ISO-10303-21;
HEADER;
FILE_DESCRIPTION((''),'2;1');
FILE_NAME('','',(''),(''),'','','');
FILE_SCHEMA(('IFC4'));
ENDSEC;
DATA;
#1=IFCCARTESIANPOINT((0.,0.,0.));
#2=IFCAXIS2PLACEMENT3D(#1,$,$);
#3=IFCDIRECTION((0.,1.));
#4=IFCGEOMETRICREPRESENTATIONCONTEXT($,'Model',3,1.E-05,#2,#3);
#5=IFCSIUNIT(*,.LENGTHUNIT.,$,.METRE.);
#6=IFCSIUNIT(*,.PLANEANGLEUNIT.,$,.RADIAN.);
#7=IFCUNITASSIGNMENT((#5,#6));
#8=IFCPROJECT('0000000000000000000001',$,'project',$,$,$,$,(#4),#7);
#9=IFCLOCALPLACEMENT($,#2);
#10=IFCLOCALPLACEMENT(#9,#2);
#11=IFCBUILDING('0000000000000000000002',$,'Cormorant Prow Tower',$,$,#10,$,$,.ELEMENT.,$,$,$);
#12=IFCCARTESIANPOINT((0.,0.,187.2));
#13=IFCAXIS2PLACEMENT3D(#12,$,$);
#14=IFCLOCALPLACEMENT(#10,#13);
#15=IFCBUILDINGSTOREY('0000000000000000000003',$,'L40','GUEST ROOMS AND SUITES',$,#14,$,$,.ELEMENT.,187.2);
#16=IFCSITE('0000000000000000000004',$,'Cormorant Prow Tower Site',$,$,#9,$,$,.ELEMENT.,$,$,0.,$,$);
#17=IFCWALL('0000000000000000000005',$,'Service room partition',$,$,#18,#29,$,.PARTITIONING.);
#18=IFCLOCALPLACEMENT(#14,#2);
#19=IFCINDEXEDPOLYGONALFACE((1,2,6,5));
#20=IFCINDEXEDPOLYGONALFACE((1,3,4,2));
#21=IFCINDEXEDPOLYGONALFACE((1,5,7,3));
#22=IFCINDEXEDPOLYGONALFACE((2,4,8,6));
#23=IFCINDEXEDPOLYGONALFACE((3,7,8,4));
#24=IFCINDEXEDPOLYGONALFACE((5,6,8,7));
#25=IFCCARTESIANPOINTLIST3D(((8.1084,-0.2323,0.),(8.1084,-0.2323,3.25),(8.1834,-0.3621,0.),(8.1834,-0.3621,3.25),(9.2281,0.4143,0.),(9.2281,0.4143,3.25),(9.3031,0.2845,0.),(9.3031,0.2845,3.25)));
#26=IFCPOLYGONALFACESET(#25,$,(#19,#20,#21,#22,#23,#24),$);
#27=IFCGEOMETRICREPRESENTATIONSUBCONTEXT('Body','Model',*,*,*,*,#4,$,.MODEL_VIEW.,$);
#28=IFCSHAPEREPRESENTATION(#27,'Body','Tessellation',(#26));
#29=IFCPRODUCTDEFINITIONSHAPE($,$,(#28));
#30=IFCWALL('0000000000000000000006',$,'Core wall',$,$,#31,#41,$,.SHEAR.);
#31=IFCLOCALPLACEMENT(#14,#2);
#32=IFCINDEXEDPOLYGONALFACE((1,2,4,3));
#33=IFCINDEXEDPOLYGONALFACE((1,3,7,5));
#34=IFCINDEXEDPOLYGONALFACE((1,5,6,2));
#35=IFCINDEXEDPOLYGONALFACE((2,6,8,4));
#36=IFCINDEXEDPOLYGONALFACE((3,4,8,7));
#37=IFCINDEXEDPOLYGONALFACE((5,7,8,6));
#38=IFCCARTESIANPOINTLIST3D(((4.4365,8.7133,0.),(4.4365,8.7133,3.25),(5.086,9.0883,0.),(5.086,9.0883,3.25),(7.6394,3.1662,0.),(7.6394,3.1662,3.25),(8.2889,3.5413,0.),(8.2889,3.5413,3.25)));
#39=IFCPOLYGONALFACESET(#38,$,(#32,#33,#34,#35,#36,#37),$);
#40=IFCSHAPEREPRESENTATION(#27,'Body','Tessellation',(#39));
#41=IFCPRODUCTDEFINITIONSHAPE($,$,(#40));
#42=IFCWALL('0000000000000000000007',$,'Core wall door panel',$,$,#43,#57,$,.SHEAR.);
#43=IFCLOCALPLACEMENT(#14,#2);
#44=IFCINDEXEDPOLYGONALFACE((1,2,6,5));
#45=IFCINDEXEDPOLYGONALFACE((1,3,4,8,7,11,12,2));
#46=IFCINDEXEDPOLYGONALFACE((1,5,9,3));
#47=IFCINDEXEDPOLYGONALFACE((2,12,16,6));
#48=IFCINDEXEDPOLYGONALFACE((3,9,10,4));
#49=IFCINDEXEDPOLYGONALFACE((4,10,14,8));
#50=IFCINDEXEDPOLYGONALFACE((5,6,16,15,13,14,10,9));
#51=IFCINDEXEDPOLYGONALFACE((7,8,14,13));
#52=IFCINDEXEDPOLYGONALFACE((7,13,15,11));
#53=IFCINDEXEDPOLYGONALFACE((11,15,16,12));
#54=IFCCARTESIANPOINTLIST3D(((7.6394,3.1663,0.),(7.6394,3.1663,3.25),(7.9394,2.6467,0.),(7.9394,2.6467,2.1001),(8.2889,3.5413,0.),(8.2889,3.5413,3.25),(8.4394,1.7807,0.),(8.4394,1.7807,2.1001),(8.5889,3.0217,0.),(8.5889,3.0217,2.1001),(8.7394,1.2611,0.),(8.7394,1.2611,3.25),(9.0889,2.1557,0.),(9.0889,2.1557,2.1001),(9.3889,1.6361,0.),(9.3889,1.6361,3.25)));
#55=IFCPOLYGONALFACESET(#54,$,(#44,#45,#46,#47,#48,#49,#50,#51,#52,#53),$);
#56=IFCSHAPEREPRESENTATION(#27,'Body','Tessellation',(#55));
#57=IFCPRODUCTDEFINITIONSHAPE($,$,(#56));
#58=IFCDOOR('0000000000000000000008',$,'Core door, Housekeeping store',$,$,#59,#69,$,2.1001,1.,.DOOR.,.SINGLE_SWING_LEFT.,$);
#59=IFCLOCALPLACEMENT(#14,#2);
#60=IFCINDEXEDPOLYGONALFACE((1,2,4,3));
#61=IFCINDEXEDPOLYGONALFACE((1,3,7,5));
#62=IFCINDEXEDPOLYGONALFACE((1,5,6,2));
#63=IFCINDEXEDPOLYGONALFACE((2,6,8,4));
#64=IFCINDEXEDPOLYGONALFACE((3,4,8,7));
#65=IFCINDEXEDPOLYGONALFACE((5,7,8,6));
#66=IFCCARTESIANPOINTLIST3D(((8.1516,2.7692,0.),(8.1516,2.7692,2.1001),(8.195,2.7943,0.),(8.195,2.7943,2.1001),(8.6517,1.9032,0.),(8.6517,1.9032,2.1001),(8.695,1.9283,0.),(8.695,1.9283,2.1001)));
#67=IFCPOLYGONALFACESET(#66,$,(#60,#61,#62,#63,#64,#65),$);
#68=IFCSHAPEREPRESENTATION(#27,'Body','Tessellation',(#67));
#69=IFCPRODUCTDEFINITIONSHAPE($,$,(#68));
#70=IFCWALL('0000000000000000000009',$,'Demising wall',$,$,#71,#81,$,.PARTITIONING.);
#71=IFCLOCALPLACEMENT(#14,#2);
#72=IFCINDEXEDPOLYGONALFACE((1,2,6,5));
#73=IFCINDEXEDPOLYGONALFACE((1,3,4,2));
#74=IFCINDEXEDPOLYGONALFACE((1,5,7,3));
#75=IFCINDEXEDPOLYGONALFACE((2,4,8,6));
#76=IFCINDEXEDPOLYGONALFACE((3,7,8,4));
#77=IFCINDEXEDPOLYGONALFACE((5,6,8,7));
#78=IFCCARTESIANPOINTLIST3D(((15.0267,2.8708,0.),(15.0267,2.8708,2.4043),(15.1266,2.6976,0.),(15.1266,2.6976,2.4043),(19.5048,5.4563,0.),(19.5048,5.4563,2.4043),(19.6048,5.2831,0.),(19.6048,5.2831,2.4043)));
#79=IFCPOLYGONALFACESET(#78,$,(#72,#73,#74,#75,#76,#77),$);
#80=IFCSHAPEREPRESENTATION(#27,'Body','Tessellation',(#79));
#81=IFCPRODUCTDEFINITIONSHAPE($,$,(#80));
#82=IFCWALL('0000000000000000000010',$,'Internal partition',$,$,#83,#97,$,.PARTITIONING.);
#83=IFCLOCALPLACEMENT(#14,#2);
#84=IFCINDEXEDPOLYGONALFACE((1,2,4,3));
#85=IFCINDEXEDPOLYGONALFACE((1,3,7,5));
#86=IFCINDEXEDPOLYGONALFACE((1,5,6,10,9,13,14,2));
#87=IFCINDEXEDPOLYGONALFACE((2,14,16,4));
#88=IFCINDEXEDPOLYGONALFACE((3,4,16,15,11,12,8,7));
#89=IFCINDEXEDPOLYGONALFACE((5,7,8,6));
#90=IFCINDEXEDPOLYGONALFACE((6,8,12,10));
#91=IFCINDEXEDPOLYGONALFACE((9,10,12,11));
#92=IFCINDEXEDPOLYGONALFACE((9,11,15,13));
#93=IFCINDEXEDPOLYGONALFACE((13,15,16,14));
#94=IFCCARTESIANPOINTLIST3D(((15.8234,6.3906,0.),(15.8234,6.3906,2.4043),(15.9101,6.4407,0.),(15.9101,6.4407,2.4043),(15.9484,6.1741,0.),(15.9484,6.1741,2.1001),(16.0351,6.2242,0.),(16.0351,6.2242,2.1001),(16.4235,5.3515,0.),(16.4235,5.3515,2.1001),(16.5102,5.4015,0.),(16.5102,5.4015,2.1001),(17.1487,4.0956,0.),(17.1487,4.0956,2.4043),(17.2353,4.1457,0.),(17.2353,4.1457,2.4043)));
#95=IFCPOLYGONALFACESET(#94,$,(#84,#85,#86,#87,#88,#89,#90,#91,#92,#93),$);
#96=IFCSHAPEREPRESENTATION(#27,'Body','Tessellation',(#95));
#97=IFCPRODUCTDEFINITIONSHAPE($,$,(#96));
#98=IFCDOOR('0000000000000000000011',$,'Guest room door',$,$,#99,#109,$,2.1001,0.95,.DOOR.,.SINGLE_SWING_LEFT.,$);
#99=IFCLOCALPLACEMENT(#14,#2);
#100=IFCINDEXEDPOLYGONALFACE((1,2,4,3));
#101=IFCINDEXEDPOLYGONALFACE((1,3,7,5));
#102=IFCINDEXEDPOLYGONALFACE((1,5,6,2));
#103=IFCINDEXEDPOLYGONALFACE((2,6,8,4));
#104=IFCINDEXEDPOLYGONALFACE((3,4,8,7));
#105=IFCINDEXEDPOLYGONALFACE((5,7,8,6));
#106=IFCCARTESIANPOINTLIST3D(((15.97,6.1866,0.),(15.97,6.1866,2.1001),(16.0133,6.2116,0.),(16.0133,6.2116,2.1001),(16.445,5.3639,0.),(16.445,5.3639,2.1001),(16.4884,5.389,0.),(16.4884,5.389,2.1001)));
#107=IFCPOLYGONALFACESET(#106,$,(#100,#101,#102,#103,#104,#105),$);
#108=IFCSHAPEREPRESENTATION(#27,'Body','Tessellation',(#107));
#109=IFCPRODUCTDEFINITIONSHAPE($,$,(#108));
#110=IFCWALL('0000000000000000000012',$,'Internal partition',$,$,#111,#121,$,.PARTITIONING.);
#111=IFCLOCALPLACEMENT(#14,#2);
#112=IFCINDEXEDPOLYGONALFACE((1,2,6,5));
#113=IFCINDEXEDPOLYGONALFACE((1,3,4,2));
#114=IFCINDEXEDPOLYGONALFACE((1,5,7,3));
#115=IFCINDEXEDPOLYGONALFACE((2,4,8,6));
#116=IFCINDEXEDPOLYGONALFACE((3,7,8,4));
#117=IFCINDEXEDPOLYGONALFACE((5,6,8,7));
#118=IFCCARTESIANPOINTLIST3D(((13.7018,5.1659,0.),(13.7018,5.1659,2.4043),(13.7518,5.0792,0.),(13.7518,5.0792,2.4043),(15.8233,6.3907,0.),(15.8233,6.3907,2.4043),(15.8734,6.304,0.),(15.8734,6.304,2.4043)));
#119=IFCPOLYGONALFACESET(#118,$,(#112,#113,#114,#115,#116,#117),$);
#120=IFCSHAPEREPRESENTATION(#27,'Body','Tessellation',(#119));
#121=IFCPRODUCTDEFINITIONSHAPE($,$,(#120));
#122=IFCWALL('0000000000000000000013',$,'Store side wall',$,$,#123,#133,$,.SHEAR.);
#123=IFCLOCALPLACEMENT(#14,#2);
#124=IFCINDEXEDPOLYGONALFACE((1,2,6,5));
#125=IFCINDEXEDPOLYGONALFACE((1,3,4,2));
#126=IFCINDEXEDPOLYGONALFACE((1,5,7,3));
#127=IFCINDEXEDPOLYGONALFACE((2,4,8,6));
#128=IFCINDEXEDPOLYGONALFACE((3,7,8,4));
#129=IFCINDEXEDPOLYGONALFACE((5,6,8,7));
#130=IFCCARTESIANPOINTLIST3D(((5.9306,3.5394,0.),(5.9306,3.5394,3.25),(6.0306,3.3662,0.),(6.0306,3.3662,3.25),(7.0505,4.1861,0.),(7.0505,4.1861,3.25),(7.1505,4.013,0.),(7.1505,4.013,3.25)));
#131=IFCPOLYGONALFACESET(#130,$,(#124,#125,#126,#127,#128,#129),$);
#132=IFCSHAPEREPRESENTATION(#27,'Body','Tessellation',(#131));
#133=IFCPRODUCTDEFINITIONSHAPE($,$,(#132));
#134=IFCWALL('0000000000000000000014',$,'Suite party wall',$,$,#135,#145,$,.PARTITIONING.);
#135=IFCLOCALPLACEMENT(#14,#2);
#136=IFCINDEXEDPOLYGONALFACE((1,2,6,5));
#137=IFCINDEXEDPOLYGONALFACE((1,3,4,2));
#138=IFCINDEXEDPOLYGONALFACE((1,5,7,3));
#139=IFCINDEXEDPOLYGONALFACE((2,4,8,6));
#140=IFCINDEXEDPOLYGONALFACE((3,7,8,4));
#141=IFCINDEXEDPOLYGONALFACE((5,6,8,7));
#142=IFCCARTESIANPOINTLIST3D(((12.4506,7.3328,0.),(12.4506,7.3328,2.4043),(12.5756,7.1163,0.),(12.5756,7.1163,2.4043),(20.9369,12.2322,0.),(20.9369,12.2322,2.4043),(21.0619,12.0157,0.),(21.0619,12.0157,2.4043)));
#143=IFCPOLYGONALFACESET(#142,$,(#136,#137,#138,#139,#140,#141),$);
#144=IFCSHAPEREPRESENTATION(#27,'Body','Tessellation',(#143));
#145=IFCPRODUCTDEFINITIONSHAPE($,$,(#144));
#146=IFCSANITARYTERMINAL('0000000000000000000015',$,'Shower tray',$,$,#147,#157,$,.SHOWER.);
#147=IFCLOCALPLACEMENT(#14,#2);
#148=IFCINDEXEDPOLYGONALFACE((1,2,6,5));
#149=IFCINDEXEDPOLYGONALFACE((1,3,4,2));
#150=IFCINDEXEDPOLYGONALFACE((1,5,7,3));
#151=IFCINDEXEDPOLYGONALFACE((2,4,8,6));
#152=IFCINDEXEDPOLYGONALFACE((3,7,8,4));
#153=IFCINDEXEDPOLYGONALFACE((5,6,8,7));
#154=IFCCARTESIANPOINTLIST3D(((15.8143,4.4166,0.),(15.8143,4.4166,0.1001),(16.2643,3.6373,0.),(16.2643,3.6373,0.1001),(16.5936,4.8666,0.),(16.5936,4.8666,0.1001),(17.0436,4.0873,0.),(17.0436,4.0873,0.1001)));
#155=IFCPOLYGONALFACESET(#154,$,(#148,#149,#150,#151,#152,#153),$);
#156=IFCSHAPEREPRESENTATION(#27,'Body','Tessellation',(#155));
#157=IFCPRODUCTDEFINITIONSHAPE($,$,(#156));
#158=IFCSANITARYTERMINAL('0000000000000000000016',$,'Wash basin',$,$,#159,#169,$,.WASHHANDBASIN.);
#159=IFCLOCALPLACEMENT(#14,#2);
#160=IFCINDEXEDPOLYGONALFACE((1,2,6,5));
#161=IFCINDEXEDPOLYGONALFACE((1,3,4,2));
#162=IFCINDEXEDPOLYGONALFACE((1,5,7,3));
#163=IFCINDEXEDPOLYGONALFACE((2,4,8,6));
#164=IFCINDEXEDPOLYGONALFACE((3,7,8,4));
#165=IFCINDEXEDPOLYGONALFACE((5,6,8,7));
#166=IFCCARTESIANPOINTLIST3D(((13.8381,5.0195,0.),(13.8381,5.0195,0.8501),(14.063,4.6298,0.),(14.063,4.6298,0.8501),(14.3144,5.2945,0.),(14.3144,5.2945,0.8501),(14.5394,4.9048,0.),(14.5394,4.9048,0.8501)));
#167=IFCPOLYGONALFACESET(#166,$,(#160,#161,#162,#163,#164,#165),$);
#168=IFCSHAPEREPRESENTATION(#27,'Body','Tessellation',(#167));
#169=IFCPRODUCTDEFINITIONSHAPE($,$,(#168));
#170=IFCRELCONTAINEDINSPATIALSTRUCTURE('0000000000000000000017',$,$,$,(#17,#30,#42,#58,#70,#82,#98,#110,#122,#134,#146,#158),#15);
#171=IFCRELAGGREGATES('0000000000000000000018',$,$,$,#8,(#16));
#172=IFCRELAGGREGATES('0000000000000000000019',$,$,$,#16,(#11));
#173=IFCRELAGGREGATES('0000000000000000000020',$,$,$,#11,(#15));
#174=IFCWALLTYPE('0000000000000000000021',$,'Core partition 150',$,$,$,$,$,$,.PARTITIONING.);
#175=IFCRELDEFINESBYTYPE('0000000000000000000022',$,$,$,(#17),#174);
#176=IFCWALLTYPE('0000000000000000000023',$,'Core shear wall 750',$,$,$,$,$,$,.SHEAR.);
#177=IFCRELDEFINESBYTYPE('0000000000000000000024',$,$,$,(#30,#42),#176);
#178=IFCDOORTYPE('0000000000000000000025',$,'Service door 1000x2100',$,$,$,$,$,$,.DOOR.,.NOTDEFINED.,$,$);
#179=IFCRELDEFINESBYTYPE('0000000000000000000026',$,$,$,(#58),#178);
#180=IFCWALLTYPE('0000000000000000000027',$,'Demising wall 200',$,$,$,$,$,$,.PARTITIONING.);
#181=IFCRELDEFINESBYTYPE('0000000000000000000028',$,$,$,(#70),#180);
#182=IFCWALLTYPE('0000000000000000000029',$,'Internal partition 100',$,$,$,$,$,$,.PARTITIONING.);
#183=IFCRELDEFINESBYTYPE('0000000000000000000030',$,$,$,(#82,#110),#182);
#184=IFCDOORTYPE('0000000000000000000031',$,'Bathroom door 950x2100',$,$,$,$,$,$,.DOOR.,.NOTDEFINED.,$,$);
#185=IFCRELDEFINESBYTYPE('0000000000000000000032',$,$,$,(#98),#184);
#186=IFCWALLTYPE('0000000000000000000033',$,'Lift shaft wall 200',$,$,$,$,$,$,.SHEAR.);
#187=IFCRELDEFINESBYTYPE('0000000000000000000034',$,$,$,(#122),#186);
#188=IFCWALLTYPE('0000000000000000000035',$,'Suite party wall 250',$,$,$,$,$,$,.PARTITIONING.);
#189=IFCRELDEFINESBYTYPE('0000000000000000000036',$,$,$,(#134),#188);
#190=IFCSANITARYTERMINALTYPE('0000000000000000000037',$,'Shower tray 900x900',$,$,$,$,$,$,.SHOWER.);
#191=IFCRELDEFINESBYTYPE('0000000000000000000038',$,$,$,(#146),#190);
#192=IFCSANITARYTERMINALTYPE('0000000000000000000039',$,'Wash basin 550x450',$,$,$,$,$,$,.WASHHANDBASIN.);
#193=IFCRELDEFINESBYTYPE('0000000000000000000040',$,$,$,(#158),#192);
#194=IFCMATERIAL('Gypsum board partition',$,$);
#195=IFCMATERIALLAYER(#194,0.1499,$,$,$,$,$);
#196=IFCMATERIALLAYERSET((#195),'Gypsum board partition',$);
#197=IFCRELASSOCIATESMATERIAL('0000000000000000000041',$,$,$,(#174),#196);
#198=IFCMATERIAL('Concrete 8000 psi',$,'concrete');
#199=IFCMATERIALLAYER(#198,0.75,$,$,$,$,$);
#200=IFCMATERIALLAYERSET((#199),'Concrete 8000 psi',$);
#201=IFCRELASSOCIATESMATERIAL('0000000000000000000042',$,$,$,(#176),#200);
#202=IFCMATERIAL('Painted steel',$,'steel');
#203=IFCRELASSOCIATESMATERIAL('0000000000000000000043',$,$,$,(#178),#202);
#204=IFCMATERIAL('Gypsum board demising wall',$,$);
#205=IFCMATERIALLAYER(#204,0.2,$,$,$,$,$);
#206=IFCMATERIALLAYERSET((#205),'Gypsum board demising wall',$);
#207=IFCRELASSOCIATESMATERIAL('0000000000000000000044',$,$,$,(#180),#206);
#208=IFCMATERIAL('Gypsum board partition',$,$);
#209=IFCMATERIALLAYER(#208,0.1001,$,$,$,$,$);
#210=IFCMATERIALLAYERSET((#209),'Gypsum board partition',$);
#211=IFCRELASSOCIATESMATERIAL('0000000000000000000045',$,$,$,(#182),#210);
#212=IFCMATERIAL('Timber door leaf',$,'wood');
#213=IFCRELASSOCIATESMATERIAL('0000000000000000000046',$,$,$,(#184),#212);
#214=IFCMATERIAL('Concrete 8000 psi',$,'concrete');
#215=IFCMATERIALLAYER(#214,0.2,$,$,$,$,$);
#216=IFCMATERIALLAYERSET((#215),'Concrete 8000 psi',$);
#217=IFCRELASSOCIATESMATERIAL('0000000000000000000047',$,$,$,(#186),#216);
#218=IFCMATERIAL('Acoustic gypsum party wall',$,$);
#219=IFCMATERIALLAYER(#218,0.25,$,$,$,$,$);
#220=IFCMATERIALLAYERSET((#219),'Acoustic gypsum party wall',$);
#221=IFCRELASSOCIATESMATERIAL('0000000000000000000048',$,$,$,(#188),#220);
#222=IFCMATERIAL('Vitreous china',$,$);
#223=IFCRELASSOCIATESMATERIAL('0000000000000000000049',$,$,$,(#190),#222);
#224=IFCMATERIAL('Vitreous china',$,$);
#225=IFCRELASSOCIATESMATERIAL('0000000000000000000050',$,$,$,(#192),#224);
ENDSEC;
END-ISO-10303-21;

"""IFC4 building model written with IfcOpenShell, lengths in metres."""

from ifc_helpers import new_model, si_unit, direction, frame, frame_2d, origin, origin_2d, place, context, subcontext, project, spatial, rectangle, extrude, material, layer, layer_set, type_object, element, fill, save


model = new_model("IFC4")

# Units and contexts
model_context = context("Model", 3, precision=1e-05, world=origin(), true_north=direction((0.0, 1.0)))
body_context = subcontext(model_context, "Body", "Model", "MODEL_VIEW")
ifc_project = project(units=[si_unit("LENGTHUNIT", "METRE"), si_unit("PLANEANGLEUNIT", "RADIAN")], contexts=[model_context])

# Site, building, storey
site_placement = place(None, origin())
site = spatial("IfcSite", under=ifc_project, at=site_placement, Name="Cormorant Prow Tower Site", CompositionType="ELEMENT", RefElevation=0.0)
building_placement = place(site_placement, origin())
building = spatial("IfcBuilding", under=site, at=building_placement, Name="Cormorant Prow Tower", CompositionType="ELEMENT")
storey_placement = place(building_placement, frame((0.0, 0.0, 187.2)))
storey = spatial("IfcBuildingStorey", under=building, at=storey_placement, Name="L40", Description="GUEST ROOMS AND SUITES", CompositionType="ELEMENT", Elevation=187.2)

# Walls
ifc_material_1 = material(Name="Gypsum board partition")
ifc_layer_1 = layer(ifc_material_1, 0.1499)
ifc_layer_set_1 = layer_set([ifc_layer_1], Name="Gypsum board partition")
wall_type_1 = type_object("IfcWallType", Name="Core partition 150", PredefinedType="PARTITIONING", material=ifc_layer_set_1)
wall_1_placement = place(storey_placement, frame((9.2656, 0.3494, 0.0), z_axis=(0.0, 0.0, 1.0), x_axis=(-0.866003, -0.500038, 0.0)))
element("IfcWall", 1, at=wall_1_placement, inside=storey, type_object=wall_type_1, Name="Service room partition", PredefinedType="PARTITIONING", context=body_context, shape_type="SweptSolid", body=[
    extrude(rectangle(XDim=1.293, YDim=0.1499, at=frame_2d((0.6465, 0.0))), origin(), (0.0, 0.0, 1.0), 3.25),
])
ifc_material_2 = material(Name="Concrete 8000 psi", Category="concrete")
ifc_layer_2 = layer(ifc_material_2, 0.75)
ifc_layer_set_2 = layer_set([ifc_layer_2], Name="Concrete 8000 psi")
wall_type_2 = type_object("IfcWallType", Name="Core shear wall 750", PredefinedType="SHEAR", material=ifc_layer_set_2)
wall_2_placement = place(storey_placement, frame((7.9641, 3.3538, 0.0), z_axis=(0.0, 0.0, 1.0), x_axis=(-0.500029, 0.866008, 0.0)))
element("IfcWall", 2, at=wall_2_placement, inside=storey, type_object=wall_type_2, Name="Core wall", PredefinedType="SHEAR", context=body_context, shape_type="SweptSolid", body=[
    extrude(rectangle(XDim=6.4053, YDim=0.75, at=frame_2d((3.2026, 0.0))), origin(), (0.0, 0.0, 1.0), 3.25),
])

# Wall, opening, door
wall_3_placement = place(storey_placement, frame((9.0642, 1.4485, 0.0), z_axis=(0.0, 0.0, 1.0), x_axis=(-0.50003, 0.866008, 0.0)))
wall_3 = element("IfcWall", 3, at=wall_3_placement, inside=storey, type_object=wall_type_2, Name="Core wall door panel", PredefinedType="SHEAR", context=body_context, shape_type="SweptSolid", body=[
    extrude(rectangle(XDim=2.2, YDim=0.75, at=frame_2d((1.1001, 0.0))), origin(), (0.0, 0.0, 1.0), 3.25),
])
opening_1_placement = place(wall_3_placement, frame((0.6001, 0.0, 0.0)))
opening_1 = element("IfcOpeningElement", 4, at=opening_1_placement, cuts=wall_3, PredefinedType="OPENING", context=body_context, shape_type="SweptSolid", body=[
    extrude(rectangle(XDim=1.0, YDim=2.1001, at=frame_2d((0.5, 1.05))), frame((0.0, 0.385, 0.0), z_axis=(0.0, -1.0, 0.0), x_axis=(1.0, 0.0, 0.0)), (0.0, 0.0, 1.0), 0.77),
])
ifc_material_3 = material(Name="Painted steel", Category="steel")
door_type_1 = type_object("IfcDoorType", Name="Service door 1000x2100", OperationType="NOTDEFINED", PredefinedType="DOOR", material=ifc_material_3)
door_1_placement = place(opening_1_placement, origin())
door_1 = element("IfcDoor", 5, at=door_1_placement, inside=storey, type_object=door_type_1, Name="Core door, Housekeeping store", OperationType="SINGLE_SWING_LEFT", OverallHeight=2.1001, OverallWidth=1.0, PredefinedType="DOOR", context=body_context, shape_type="SweptSolid", body=[
    extrude(rectangle(XDim=1.0, YDim=2.1001, at=frame_2d((0.5, 1.05))), frame((0.0, 0.1299, 0.0), z_axis=(0.0, -1.0, 0.0), x_axis=(1.0, 0.0, 0.0)), (0.0, 0.0, 1.0), 0.05),
])
fill(opening_1, door_1)

# Wall
ifc_material_4 = material(Name="Gypsum board demising wall")
ifc_layer_3 = layer(ifc_material_4, 0.2)
ifc_layer_set_3 = layer_set([ifc_layer_3], Name="Gypsum board demising wall")
wall_type_3 = type_object("IfcWallType", Name="Demising wall 200", PredefinedType="PARTITIONING", material=ifc_layer_set_3)
wall_4_placement = place(storey_placement, frame((15.0767, 2.7842, 0.0), z_axis=(0.0, 0.0, 1.0), x_axis=(0.86602, 0.500009, 0.0)))
element("IfcWall", 6, at=wall_4_placement, inside=storey, type_object=wall_type_3, Name="Demising wall", PredefinedType="PARTITIONING", context=body_context, shape_type="SweptSolid", body=[
    extrude(rectangle(XDim=5.1709, YDim=0.2, at=frame_2d((2.5854, 0.0))), origin(), (0.0, 0.0, 1.0), 2.4043),
])

# Wall, opening, door
ifc_material_5 = material(Name="Gypsum board partition")
ifc_layer_4 = layer(ifc_material_5, 0.1001)
ifc_layer_set_4 = layer_set([ifc_layer_4], Name="Gypsum board partition")
wall_type_4 = type_object("IfcWallType", Name="Internal partition 100", PredefinedType="PARTITIONING", material=ifc_layer_set_4)
wall_5_placement = place(storey_placement, frame((15.8667, 6.4158, 0.0), z_axis=(0.0, 0.0, 1.0), x_axis=(0.500063, -0.865989, 0.0)))
wall_5 = element("IfcWall", 7, at=wall_5_placement, inside=storey, type_object=wall_type_4, Name="Internal partition", PredefinedType="PARTITIONING", context=body_context, shape_type="SweptSolid", body=[
    extrude(rectangle(XDim=2.6501, YDim=0.1001, at=frame_2d((1.3252, 0.0))), origin(), (0.0, 0.0, 1.0), 2.4043),
])
opening_2_placement = place(wall_5_placement, frame((0.25, 0.0, 0.0)))
opening_2 = element("IfcOpeningElement", 8, at=opening_2_placement, cuts=wall_5, PredefinedType="OPENING", context=body_context, shape_type="SweptSolid", body=[
    extrude(rectangle(XDim=0.95, YDim=2.1001, at=frame_2d((0.4751, 1.05))), frame((0.0, 0.0601, 0.0), z_axis=(0.0, -1.0, 0.0), x_axis=(1.0, 0.0, 0.0)), (0.0, 0.0, 1.0), 0.1201),
])
ifc_material_6 = material(Name="Timber door leaf", Category="wood")
door_type_2 = type_object("IfcDoorType", Name="Bathroom door 950x2100", OperationType="NOTDEFINED", PredefinedType="DOOR", material=ifc_material_6)
door_2_placement = place(opening_2_placement, origin())
door_2 = element("IfcDoor", 9, at=door_2_placement, inside=storey, type_object=door_type_2, Name="Guest room door", OperationType="SINGLE_SWING_LEFT", OverallHeight=2.1001, OverallWidth=0.95, PredefinedType="DOOR", context=body_context, shape_type="SweptSolid", body=[
    extrude(rectangle(XDim=0.95, YDim=2.1001, at=frame_2d((0.4751, 1.05))), frame((0.0, 0.0249, 0.0), z_axis=(0.0, -1.0, 0.0), x_axis=(1.0, 0.0, 0.0)), (0.0, 0.0, 1.0), 0.05),
])
fill(opening_2, door_2)

# Walls
wall_6_placement = place(storey_placement, frame((13.7268, 5.1226, 0.0), z_axis=(0.0, 0.0, 1.0), x_axis=(0.866033, 0.499987, 0.0)))
element("IfcWall", 10, at=wall_6_placement, inside=storey, type_object=wall_type_4, Name="Internal partition", PredefinedType="PARTITIONING", context=body_context, shape_type="SweptSolid", body=[
    extrude(rectangle(XDim=2.4497, YDim=0.1001, at=frame_2d((1.2249, 0.0))), origin(), (0.0, 0.0, 1.0), 2.4043),
])
ifc_material_7 = material(Name="Concrete 8000 psi", Category="concrete")
ifc_layer_5 = layer(ifc_material_7, 0.2)
ifc_layer_set_5 = layer_set([ifc_layer_5], Name="Concrete 8000 psi")
wall_type_5 = type_object("IfcWallType", Name="Lift shaft wall 200", PredefinedType="SHEAR", material=ifc_layer_set_5)
wall_7_placement = place(storey_placement, frame((5.9807, 3.4529, 0.0), z_axis=(0.0, 0.0, 1.0), x_axis=(0.865969, 0.500098, 0.0)))
element("IfcWall", 11, at=wall_7_placement, inside=storey, type_object=wall_type_5, Name="Store side wall", PredefinedType="SHEAR", context=body_context, shape_type="SweptSolid", body=[
    extrude(rectangle(XDim=1.2932, YDim=0.2, at=frame_2d((0.6465, 0.0))), origin(), (0.0, 0.0, 1.0), 3.25),
])
ifc_material_8 = material(Name="Acoustic gypsum party wall")
ifc_layer_6 = layer(ifc_material_8, 0.25)
ifc_layer_set_6 = layer_set([ifc_layer_6], Name="Acoustic gypsum party wall")
wall_type_6 = type_object("IfcWallType", Name="Suite party wall 250", PredefinedType="PARTITIONING", material=ifc_layer_set_6)
wall_8_placement = place(storey_placement, frame((12.5132, 7.2246, 0.0), z_axis=(0.0, 0.0, 1.0), x_axis=(0.866033, 0.499987, 0.0)))
element("IfcWall", 12, at=wall_8_placement, inside=storey, type_object=wall_type_6, Name="Suite party wall", PredefinedType="PARTITIONING", context=body_context, shape_type="SweptSolid", body=[
    extrude(rectangle(XDim=9.7991, YDim=0.25, at=frame_2d((4.8994, 0.0))), origin(), (0.0, 0.0, 1.0), 2.4043),
])

# Sanitary terminals
ifc_material_9 = material(Name="Vitreous china")
sanitary_terminal_type_1 = type_object("IfcSanitaryTerminalType", Name="Shower tray 900x900", PredefinedType="SHOWER", material=ifc_material_9)
sanitary_terminal_1_placement = place(storey_placement, frame((16.429, 4.252, 0.0), z_axis=(0.0, 0.0, 1.0), x_axis=(-0.866025, -0.5, 0.0)))
element("IfcSanitaryTerminal", 13, at=sanitary_terminal_1_placement, inside=storey, type_object=sanitary_terminal_type_1, Name="Shower tray", PredefinedType="SHOWER", context=body_context, shape_type="SweptSolid", body=[
    extrude(rectangle(XDim=0.8999, YDim=0.8999, at=origin_2d()), origin(), (0.0, 0.0, 1.0), 0.1001),
])
ifc_material_10 = material(Name="Vitreous china")
sanitary_terminal_type_2 = type_object("IfcSanitaryTerminalType", Name="Wash basin 550x450", PredefinedType="WASHHANDBASIN", material=ifc_material_10)
sanitary_terminal_2_placement = place(storey_placement, frame((14.1887, 4.9622, 0.0), z_axis=(0.0, 0.0, 1.0), x_axis=(0.866025, 0.5, 0.0)))
element("IfcSanitaryTerminal", 14, at=sanitary_terminal_2_placement, inside=storey, type_object=sanitary_terminal_type_2, Name="Wash basin", PredefinedType="WASHHANDBASIN", context=body_context, shape_type="SweptSolid", body=[
    extrude(rectangle(XDim=0.55, YDim=0.45, at=origin_2d()), origin(), (0.0, 0.0, 1.0), 0.8501),
])

save(model, "model.ifc")
